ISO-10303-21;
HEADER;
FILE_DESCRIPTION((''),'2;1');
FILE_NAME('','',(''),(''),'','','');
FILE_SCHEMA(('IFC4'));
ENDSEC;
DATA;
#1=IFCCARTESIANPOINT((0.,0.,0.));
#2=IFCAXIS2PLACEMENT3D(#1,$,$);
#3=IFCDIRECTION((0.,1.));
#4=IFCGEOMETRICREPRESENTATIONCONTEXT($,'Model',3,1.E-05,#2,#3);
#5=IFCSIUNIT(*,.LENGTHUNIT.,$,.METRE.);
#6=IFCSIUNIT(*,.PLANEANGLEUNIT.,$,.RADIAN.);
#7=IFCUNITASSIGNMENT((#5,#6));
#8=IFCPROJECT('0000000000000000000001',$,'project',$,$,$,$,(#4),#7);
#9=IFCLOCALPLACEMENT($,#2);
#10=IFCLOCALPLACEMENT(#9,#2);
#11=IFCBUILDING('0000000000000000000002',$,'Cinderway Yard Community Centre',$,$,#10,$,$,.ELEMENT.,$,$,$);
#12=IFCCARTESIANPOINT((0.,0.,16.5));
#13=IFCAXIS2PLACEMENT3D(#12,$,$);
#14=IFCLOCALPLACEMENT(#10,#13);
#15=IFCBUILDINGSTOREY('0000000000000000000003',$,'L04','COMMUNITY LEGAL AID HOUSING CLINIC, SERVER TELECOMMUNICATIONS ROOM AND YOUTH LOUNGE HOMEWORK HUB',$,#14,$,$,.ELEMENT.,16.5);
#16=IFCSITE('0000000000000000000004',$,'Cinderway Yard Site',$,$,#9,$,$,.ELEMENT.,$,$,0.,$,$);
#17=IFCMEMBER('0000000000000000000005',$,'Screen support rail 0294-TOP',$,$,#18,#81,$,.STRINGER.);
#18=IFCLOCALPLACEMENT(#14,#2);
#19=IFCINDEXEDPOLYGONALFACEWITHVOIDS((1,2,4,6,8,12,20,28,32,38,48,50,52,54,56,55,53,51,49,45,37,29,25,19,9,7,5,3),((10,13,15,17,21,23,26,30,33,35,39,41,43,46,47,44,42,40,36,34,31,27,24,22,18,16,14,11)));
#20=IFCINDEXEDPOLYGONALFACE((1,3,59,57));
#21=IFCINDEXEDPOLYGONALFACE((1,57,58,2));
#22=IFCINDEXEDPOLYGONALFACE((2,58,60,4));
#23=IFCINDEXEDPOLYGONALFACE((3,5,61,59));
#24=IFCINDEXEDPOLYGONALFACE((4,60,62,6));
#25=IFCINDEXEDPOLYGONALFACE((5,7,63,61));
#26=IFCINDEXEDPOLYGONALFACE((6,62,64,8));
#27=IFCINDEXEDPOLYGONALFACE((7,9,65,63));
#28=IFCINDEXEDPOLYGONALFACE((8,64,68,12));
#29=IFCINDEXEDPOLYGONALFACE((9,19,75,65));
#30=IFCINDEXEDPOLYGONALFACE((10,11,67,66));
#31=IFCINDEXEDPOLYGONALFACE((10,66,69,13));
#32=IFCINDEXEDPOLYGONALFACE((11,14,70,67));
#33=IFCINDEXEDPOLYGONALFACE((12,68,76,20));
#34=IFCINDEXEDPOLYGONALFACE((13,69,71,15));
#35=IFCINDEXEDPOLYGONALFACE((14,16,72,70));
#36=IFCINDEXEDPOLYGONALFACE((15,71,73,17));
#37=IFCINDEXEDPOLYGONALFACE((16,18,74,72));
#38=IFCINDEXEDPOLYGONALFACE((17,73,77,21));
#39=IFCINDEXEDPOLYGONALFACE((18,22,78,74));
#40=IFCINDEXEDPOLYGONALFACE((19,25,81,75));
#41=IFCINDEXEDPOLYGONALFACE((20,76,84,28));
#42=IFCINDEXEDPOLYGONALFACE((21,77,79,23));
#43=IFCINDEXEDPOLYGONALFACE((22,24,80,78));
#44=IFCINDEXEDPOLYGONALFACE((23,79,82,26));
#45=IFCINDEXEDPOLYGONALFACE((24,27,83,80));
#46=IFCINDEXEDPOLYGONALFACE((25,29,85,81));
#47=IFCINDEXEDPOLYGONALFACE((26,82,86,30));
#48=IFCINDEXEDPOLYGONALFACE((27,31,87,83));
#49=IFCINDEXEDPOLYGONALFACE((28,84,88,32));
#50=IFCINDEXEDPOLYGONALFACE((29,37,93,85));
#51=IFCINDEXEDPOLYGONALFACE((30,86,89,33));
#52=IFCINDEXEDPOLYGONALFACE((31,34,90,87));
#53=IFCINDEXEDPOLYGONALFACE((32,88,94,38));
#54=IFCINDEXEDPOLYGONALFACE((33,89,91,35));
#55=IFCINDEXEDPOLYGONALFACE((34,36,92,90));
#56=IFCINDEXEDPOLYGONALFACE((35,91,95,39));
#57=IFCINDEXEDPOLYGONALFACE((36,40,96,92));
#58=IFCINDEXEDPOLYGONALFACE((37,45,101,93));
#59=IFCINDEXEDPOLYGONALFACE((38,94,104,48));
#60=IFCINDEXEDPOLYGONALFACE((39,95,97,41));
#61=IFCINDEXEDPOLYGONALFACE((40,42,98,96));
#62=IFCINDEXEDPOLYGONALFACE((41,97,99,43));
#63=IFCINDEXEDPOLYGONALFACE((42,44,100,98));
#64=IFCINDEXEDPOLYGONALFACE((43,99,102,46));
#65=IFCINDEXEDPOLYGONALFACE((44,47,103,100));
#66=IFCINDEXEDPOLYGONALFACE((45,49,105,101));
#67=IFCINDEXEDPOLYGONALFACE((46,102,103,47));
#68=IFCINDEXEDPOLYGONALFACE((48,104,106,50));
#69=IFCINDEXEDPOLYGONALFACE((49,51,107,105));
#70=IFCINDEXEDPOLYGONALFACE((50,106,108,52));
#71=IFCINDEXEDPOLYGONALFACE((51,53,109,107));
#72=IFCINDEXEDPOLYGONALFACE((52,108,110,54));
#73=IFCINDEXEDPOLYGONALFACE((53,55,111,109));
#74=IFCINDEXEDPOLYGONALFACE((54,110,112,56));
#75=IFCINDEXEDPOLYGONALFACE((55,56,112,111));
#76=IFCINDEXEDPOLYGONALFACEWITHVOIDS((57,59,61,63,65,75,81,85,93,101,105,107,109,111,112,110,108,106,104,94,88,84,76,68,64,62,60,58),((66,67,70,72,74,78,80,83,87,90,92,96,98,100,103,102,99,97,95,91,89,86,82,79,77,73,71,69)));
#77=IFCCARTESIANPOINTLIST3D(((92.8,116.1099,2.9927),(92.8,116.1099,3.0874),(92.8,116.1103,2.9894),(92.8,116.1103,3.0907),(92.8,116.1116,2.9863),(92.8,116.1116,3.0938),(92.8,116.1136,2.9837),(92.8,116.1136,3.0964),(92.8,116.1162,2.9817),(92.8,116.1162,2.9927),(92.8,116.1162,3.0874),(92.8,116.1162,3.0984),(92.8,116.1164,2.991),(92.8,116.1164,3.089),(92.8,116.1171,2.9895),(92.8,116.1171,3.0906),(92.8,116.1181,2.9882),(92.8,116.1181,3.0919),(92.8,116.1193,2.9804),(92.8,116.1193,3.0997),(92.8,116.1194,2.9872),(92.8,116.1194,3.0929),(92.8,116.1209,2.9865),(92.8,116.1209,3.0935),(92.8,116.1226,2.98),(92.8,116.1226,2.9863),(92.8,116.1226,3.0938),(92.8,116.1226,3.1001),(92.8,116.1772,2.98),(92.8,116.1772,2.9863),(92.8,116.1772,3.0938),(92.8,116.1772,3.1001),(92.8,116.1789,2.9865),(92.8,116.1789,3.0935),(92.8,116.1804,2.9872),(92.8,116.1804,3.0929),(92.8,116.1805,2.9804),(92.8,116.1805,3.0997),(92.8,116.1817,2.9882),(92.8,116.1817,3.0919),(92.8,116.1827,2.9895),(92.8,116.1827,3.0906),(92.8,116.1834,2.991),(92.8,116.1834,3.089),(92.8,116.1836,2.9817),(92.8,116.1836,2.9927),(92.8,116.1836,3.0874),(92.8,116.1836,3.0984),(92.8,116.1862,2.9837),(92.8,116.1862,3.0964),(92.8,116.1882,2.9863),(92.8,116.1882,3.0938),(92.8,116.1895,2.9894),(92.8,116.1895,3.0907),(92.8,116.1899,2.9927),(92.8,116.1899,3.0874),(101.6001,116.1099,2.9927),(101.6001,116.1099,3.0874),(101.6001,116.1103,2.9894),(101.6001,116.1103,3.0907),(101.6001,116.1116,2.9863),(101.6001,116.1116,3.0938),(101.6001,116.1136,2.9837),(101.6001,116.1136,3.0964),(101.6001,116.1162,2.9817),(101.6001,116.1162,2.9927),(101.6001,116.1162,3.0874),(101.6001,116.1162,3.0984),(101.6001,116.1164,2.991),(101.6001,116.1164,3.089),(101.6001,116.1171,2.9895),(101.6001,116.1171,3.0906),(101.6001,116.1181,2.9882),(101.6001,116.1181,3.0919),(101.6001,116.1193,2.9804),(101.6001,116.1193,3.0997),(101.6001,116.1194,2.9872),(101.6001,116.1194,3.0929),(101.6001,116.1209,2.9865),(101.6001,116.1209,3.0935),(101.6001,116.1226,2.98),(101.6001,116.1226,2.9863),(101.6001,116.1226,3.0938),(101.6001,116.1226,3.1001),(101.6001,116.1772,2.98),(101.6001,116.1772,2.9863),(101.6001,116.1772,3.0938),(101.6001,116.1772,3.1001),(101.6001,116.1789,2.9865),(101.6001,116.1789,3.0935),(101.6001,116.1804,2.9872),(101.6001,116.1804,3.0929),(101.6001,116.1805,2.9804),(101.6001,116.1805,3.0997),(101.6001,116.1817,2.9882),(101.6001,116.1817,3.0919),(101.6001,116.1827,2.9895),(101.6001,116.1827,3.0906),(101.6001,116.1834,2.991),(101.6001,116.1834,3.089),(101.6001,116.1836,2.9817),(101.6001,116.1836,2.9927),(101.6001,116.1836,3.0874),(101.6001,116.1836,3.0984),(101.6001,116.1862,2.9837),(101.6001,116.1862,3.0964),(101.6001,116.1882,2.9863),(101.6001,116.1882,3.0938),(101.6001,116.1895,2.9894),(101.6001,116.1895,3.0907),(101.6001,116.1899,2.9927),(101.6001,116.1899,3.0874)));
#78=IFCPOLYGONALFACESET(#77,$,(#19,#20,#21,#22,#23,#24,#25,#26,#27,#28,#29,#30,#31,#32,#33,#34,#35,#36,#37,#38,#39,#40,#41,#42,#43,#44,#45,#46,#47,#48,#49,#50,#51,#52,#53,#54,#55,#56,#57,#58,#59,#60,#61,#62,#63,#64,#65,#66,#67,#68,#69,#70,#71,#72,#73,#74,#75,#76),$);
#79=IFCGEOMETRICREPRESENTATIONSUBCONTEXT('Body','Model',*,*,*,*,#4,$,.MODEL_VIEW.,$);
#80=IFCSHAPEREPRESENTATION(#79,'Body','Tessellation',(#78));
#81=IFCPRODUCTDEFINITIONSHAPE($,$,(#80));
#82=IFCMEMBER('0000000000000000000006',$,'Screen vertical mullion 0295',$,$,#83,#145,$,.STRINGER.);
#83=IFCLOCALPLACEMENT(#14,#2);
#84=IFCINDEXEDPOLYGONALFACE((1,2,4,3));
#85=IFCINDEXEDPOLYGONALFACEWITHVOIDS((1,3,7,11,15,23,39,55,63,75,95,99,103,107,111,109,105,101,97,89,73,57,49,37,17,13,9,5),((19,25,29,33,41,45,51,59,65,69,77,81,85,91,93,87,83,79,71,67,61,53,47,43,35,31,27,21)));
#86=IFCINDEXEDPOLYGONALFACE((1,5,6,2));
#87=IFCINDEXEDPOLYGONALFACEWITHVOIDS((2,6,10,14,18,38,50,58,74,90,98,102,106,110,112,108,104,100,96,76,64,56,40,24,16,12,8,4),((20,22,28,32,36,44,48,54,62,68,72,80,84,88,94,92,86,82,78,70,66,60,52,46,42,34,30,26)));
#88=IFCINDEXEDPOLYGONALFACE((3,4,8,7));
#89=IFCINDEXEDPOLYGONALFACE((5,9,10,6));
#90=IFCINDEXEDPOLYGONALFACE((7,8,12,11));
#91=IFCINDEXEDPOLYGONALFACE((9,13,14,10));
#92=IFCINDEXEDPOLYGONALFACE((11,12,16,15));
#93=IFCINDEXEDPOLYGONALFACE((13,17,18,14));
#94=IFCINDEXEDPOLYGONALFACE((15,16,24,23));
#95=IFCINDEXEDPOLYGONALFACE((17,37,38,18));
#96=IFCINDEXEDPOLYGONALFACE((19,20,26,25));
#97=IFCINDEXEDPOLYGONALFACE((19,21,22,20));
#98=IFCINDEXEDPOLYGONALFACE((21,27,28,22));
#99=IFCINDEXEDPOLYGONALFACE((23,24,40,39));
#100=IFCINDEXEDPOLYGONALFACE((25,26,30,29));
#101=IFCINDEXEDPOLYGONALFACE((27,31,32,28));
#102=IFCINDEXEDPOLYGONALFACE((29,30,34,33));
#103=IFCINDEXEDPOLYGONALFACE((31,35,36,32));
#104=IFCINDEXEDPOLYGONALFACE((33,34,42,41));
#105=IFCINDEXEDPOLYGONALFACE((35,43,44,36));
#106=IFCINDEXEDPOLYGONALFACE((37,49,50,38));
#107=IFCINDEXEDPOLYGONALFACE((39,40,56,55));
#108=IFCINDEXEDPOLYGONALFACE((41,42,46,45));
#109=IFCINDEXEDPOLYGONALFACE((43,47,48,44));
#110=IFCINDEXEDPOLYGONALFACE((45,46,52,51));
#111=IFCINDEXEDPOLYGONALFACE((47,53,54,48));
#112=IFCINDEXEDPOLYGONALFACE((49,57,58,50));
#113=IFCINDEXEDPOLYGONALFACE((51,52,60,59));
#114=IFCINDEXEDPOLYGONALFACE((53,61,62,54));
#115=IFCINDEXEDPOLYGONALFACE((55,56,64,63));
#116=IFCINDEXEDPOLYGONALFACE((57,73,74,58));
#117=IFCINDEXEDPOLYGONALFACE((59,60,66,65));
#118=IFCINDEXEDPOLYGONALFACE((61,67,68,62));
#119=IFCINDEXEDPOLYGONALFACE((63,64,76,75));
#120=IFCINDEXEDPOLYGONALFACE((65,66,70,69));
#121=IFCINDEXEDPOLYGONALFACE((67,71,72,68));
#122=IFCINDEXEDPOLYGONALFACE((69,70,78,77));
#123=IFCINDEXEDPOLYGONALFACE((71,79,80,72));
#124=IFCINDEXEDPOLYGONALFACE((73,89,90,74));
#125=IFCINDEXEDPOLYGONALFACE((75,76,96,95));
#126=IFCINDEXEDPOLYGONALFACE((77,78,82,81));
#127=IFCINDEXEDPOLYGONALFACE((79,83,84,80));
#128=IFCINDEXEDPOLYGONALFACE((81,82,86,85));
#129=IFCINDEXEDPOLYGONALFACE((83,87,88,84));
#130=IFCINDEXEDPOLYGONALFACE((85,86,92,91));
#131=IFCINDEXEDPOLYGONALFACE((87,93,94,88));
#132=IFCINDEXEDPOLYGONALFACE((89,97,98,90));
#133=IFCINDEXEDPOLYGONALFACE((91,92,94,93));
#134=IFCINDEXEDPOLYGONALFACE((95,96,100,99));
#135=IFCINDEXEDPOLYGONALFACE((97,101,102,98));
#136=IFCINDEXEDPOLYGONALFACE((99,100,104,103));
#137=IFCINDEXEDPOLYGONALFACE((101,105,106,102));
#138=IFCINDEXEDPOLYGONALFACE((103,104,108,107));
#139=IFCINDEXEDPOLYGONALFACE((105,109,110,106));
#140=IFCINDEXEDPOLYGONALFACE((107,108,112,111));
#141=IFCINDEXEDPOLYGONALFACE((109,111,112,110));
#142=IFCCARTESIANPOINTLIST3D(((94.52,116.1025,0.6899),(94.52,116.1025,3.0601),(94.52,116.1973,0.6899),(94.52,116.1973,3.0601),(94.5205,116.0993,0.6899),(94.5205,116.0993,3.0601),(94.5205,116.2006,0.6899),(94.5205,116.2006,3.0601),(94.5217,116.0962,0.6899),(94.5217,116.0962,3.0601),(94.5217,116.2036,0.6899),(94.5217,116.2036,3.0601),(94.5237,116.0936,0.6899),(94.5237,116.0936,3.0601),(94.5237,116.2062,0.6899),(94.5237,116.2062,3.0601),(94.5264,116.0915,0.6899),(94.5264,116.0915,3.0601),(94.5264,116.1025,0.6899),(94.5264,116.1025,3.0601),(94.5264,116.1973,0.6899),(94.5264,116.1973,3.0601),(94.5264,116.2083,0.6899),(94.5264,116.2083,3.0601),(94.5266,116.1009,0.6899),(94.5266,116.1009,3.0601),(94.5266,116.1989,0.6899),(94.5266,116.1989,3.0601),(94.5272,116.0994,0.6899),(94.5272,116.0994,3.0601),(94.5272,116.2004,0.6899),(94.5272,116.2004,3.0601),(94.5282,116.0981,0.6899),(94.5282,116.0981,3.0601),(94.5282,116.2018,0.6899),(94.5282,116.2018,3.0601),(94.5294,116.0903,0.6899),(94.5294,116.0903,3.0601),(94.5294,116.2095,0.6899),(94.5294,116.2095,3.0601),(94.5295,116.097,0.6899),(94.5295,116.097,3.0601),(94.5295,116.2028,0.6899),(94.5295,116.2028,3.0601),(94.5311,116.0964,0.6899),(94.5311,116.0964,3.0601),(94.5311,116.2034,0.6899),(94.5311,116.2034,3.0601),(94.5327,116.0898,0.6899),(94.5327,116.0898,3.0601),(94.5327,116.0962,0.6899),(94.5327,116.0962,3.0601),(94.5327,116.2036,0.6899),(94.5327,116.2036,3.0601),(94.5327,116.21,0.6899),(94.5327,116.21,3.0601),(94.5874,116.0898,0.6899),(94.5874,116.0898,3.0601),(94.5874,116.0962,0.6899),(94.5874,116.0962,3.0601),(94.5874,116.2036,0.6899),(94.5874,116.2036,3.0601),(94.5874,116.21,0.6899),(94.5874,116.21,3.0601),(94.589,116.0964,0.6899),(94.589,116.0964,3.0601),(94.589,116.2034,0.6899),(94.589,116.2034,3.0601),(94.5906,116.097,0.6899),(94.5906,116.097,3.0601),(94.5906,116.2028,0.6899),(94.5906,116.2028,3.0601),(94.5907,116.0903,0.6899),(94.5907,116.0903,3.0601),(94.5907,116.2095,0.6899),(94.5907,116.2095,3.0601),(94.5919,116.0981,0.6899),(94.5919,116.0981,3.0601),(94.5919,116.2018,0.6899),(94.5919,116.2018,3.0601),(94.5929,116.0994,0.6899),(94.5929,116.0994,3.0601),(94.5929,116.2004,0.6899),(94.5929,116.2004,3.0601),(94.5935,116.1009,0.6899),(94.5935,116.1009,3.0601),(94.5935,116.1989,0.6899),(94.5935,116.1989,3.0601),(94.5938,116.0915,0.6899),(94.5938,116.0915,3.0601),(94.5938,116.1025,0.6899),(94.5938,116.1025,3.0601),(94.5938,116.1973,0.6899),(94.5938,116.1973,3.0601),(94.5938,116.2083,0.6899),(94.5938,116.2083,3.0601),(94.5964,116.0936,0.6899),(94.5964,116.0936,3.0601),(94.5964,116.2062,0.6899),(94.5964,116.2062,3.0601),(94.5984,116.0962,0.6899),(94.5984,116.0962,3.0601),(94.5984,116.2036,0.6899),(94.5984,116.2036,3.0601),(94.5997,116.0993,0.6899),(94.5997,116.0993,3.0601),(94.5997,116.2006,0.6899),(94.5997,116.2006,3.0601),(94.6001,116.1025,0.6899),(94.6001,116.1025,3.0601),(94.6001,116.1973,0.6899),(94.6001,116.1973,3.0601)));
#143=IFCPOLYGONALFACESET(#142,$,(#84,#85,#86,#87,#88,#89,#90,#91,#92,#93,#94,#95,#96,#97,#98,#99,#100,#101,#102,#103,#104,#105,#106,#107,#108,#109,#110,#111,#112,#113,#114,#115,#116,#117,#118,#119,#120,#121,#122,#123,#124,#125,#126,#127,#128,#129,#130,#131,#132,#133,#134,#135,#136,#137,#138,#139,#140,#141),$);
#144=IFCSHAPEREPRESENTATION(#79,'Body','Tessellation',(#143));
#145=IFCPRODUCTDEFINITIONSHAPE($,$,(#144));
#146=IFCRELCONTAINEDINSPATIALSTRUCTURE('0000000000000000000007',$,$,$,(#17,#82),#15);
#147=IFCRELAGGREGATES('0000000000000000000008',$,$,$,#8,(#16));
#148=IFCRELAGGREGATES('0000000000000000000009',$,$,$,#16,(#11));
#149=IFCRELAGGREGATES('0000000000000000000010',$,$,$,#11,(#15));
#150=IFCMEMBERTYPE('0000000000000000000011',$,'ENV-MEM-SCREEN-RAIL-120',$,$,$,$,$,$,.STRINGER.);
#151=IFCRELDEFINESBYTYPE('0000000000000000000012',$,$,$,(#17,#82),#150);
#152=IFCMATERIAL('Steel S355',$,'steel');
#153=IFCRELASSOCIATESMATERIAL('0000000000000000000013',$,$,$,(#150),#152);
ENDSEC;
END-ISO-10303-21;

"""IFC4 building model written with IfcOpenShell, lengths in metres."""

from ifc_helpers import new_model, si_unit, direction, frame, origin, origin_2d, place, context, subcontext, project, spatial, hollow_rectangle, extrude, material, material_profile, profile_set, type_object, element, save


model = new_model("IFC4")

# Units and contexts
model_context = context("Model", 3, precision=1e-05, world=origin(), true_north=direction((0.0, 1.0)))
body_context = subcontext(model_context, "Body", "Model", "MODEL_VIEW")
ifc_project = project(units=[si_unit("LENGTHUNIT", "METRE"), si_unit("PLANEANGLEUNIT", "RADIAN")], contexts=[model_context])

# Site, building, storey
site_placement = place(None, origin())
site = spatial("IfcSite", under=ifc_project, at=site_placement, Name="Cinderway Yard Site", CompositionType="ELEMENT", RefElevation=0.0)
building_placement = place(site_placement, origin())
building = spatial("IfcBuilding", under=site, at=building_placement, Name="Cinderway Yard Community Centre", CompositionType="ELEMENT")
storey_placement = place(building_placement, frame((0.0, 0.0, 16.5)))
storey = spatial("IfcBuildingStorey", under=building, at=storey_placement, Name="L04", Description="COMMUNITY LEGAL AID HOUSING CLINIC, SERVER TELECOMMUNICATIONS ROOM AND YOUTH LOUNGE HOMEWORK HUB", CompositionType="ELEMENT", Elevation=16.5)

# Members
ifc_material_1 = material(Name="Steel S355", Category="steel")
ifc_material_profile_1 = material_profile(ifc_material_1, hollow_rectangle(XDim=0.0801, YDim=0.1201, WallThickness=0.0063, InnerFilletRadius=0.0063, OuterFilletRadius=0.0127, at=origin_2d()), Name="Steel S355")
ifc_profile_set_1 = profile_set([ifc_material_profile_1], Name="Steel S355")
member_type_1 = type_object("IfcMemberType", Name="ENV-MEM-SCREEN-RAIL-120", PredefinedType="STRINGER", material=ifc_profile_set_1)
for number, where, z_axis, x_axis, name in (
    (1, (92.8, 116.1499, 3.04), (1.0, 0.0, 0.0), (0.0, 1.0, 0.0), "Screen support rail 0294-TOP"),
):
    element("IfcMember", number, at=place(storey_placement, frame(where, z_axis=z_axis, x_axis=x_axis)), inside=storey, type_object=member_type_1, Name=name, PredefinedType="STRINGER", context=body_context, shape_type="SweptSolid", body=[
        extrude(hollow_rectangle(XDim=0.0801, YDim=0.1201, WallThickness=0.0063, InnerFilletRadius=0.0063, OuterFilletRadius=0.0127, at=origin_2d()), origin(), (0.0, 0.0, 1.0), 8.8),
    ])
for number, where, z_axis, x_axis, name in (
    (2, (94.5601, 116.1499, 0.6899), (0.0, 0.0, 1.0), (1.0, 0.0, 0.0), "Screen vertical mullion 0295"),
):
    element("IfcMember", number, at=place(storey_placement, frame(where, z_axis=z_axis, x_axis=x_axis)), inside=storey, type_object=member_type_1, Name=name, PredefinedType="STRINGER", context=body_context, shape_type="SweptSolid", body=[
        extrude(hollow_rectangle(XDim=0.0801, YDim=0.1201, WallThickness=0.0063, InnerFilletRadius=0.0063, OuterFilletRadius=0.0127, at=origin_2d()), origin(), (0.0, 0.0, 1.0), 2.3701),
    ])

save(model, "model.ifc")
